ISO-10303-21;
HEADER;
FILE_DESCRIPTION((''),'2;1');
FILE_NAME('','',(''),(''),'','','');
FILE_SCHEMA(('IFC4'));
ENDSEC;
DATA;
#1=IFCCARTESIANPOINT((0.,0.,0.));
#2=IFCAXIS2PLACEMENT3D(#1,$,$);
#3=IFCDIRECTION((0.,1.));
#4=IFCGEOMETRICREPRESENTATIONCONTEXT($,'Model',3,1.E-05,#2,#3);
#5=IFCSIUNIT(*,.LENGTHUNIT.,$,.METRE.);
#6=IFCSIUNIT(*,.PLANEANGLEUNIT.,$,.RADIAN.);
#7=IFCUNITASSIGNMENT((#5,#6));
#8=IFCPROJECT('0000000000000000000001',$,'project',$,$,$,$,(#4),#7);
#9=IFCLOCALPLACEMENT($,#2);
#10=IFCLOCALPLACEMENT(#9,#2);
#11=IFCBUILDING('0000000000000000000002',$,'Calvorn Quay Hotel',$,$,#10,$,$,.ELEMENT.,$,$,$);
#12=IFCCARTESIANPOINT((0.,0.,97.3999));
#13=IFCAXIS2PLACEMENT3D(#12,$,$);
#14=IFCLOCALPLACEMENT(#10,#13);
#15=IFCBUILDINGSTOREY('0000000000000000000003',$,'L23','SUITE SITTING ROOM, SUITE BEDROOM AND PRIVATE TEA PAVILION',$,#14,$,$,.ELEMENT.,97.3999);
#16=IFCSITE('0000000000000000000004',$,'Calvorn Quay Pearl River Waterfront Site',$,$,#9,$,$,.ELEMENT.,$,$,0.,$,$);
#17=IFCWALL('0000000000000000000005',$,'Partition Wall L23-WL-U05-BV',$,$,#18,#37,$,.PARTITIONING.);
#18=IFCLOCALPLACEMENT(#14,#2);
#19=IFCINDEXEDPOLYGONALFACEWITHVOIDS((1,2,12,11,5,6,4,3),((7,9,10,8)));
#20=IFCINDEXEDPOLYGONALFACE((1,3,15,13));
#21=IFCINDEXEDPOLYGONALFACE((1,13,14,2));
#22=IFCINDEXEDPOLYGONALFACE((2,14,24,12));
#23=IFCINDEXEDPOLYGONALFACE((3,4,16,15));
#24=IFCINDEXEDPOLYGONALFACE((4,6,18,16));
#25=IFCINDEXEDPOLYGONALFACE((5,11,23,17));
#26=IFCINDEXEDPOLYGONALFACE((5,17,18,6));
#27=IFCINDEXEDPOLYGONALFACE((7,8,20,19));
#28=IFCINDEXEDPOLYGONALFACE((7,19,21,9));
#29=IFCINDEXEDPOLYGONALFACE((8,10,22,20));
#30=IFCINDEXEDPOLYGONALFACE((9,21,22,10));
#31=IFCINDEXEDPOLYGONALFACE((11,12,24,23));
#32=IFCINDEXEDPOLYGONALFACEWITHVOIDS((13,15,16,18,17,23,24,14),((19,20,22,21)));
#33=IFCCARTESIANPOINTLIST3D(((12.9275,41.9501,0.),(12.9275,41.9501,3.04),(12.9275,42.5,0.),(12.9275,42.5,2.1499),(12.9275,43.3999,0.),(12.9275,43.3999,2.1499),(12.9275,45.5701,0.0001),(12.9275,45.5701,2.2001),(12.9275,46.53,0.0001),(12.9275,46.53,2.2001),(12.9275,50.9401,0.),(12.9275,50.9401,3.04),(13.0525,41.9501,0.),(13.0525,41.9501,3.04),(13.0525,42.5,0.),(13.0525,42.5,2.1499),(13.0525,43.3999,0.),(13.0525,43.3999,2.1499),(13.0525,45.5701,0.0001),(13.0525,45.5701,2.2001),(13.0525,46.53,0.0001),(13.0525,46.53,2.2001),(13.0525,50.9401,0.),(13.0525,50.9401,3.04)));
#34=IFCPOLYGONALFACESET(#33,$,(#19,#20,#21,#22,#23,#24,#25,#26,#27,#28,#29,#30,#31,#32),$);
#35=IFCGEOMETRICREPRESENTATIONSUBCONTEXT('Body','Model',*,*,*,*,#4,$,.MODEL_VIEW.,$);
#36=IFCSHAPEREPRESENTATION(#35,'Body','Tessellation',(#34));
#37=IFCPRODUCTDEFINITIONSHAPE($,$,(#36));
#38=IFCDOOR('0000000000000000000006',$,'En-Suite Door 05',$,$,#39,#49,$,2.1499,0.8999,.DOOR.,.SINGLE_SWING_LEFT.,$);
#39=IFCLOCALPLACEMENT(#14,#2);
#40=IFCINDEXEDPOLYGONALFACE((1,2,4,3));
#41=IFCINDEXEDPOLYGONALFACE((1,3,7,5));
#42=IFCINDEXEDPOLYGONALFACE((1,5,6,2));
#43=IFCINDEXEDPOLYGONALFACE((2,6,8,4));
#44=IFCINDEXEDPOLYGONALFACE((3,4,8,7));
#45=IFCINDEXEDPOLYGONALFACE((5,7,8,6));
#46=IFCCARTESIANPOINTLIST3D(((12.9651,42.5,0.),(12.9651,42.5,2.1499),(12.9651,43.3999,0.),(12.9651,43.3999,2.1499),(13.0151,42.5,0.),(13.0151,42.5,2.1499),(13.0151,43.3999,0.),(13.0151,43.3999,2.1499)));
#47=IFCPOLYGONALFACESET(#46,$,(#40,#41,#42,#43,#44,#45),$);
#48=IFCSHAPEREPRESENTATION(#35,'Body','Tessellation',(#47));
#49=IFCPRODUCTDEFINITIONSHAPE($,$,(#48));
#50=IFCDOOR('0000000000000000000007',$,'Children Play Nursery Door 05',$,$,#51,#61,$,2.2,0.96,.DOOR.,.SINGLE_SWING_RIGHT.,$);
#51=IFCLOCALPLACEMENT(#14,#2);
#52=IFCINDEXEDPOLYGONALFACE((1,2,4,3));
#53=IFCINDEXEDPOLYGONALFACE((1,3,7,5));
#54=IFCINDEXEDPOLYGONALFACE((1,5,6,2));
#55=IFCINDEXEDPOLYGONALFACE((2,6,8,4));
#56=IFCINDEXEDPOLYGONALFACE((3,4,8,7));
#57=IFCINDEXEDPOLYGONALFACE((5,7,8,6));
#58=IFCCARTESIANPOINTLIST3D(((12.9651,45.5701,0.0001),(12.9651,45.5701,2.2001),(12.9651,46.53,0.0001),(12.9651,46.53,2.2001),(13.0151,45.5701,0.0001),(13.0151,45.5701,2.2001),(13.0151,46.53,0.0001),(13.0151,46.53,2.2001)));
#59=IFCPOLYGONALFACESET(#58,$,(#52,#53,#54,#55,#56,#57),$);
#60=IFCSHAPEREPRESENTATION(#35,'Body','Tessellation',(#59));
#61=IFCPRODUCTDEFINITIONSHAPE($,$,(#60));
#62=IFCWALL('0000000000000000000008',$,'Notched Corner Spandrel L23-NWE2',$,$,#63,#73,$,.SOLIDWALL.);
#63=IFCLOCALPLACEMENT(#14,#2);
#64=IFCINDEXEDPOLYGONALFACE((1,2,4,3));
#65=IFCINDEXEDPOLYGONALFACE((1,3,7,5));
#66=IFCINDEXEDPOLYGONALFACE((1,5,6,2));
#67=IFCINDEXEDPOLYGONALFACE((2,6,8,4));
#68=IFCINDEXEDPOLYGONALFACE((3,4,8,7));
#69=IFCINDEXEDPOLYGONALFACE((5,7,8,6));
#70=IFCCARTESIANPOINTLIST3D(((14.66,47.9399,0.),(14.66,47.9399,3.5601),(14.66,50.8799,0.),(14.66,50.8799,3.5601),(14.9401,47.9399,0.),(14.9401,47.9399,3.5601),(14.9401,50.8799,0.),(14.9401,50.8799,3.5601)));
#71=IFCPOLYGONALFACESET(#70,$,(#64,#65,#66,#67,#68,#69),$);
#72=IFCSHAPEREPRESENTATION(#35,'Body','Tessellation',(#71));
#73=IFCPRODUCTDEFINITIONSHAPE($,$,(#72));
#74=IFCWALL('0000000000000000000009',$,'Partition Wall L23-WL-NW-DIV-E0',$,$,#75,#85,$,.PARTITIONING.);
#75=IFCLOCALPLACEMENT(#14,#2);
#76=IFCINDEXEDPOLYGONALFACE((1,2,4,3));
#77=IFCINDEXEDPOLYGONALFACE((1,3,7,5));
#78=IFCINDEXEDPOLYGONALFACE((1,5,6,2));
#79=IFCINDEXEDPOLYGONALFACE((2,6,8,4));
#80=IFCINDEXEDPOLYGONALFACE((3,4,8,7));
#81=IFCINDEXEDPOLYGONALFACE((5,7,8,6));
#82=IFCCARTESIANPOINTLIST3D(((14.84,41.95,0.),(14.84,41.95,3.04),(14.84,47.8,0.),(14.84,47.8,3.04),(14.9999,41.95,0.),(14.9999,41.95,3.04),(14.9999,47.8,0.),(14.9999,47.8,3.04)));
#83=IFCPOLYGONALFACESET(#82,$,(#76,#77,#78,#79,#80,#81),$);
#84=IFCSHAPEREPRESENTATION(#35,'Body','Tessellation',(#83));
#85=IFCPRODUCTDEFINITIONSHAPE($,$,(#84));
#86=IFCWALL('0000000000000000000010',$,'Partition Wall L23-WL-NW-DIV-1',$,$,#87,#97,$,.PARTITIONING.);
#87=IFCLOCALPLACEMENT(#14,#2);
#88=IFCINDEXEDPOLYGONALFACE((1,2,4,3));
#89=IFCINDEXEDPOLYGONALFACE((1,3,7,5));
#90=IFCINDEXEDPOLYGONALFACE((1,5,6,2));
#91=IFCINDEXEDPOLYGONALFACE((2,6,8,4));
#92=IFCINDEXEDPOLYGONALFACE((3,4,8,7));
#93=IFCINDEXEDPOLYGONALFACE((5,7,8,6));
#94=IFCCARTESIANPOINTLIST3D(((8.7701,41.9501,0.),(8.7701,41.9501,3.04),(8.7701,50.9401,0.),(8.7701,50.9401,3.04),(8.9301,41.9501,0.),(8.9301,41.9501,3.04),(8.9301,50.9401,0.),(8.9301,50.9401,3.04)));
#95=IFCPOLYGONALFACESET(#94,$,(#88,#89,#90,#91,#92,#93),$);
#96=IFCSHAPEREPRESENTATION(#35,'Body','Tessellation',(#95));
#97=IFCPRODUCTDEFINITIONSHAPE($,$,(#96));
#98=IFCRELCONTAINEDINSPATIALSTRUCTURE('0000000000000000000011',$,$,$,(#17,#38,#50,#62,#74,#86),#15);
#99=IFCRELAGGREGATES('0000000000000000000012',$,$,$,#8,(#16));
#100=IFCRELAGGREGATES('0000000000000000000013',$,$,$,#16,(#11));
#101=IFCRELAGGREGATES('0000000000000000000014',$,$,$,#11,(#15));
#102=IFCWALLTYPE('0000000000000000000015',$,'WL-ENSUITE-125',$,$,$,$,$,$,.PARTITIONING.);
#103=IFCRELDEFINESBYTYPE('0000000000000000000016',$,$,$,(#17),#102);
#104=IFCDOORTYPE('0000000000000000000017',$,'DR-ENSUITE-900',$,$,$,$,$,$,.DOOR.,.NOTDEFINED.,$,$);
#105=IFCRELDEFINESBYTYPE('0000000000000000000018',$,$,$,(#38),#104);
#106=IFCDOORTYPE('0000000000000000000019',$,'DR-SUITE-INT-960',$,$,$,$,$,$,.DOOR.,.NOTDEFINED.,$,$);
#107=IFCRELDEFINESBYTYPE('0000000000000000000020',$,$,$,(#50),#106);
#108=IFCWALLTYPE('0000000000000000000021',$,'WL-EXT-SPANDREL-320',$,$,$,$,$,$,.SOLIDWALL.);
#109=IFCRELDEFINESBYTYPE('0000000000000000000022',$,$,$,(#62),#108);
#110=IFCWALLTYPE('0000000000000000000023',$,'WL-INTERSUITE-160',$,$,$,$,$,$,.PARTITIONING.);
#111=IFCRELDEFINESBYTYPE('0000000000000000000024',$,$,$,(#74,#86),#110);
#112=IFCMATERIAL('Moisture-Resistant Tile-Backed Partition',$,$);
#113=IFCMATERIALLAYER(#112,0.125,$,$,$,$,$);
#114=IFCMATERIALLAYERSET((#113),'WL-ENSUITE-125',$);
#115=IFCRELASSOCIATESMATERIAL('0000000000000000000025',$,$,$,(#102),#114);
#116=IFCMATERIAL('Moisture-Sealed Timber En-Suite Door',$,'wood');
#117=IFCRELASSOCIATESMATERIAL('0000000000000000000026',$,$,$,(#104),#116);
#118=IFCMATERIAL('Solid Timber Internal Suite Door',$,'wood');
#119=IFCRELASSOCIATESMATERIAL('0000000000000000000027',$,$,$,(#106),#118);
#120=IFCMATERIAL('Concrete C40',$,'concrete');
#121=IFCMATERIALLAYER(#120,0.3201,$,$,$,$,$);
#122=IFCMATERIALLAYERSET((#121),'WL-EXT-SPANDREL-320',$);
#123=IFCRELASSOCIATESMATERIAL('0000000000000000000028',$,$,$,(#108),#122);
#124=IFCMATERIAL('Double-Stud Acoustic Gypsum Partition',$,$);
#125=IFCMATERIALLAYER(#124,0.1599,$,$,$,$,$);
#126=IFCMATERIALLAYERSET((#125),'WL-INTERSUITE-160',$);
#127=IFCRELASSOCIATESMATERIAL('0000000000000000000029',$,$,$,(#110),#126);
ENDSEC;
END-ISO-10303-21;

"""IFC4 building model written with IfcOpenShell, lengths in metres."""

from ifc_helpers import new_model, si_unit, direction, frame, frame_2d, origin, place, context, subcontext, project, spatial, rectangle, extrude, material, layer, layer_set, type_object, element, fill, save


model = new_model("IFC4")

# Units and contexts
model_context = context("Model", 3, precision=1e-05, world=origin(), true_north=direction((0.0, 1.0)))
body_context = subcontext(model_context, "Body", "Model", "MODEL_VIEW")
ifc_project = project(units=[si_unit("LENGTHUNIT", "METRE"), si_unit("PLANEANGLEUNIT", "RADIAN")], contexts=[model_context])

# Site, building, storey
site_placement = place(None, origin())
site = spatial("IfcSite", under=ifc_project, at=site_placement, Name="Calvorn Quay Pearl River Waterfront Site", CompositionType="ELEMENT", RefElevation=0.0)
building_placement = place(site_placement, origin())
building = spatial("IfcBuilding", under=site, at=building_placement, Name="Calvorn Quay Hotel", CompositionType="ELEMENT")
storey_placement = place(building_placement, frame((0.0, 0.0, 97.3999)))
storey = spatial("IfcBuildingStorey", under=building, at=storey_placement, Name="L23", Description="SUITE SITTING ROOM, SUITE BEDROOM AND PRIVATE TEA PAVILION", CompositionType="ELEMENT", Elevation=97.3999)

# Shared definitions
ifc_material_1 = material(Name="Moisture-Resistant Tile-Backed Partition")
ifc_layer_1 = layer(ifc_material_1, 0.125)
ifc_layer_set_1 = layer_set([ifc_layer_1], Name="WL-ENSUITE-125")
wall_type_1 = type_object("IfcWallType", Name="WL-ENSUITE-125", PredefinedType="PARTITIONING", material=ifc_layer_set_1)

# Shared definitions
ifc_material_2 = material(Name="Moisture-Sealed Timber En-Suite Door", Category="wood")
door_type_1 = type_object("IfcDoorType", Name="DR-ENSUITE-900", OperationType="NOTDEFINED", PredefinedType="DOOR", material=ifc_material_2)
ifc_material_3 = material(Name="Solid Timber Internal Suite Door", Category="wood")
door_type_2 = type_object("IfcDoorType", Name="DR-SUITE-INT-960", OperationType="NOTDEFINED", PredefinedType="DOOR", material=ifc_material_3)

# Wall, openings, doors
wall_1_placement = place(storey_placement, frame((12.99, 41.95, 0.0), z_axis=(0.0, 0.0, 1.0), x_axis=(0.0, 1.0, 0.0)))
wall_1 = element("IfcWall", 1, at=wall_1_placement, inside=storey, type_object=wall_type_1, Name="Partition Wall L23-WL-U05-BV", PredefinedType="PARTITIONING", context=body_context, shape_type="SweptSolid", body=[
    extrude(rectangle(XDim=8.99, YDim=0.125, at=frame_2d((4.4951, 0.0))), origin(), (0.0, 0.0, 1.0), 3.04),
])
opening_1_placement = place(wall_1_placement, frame((0.55, 0.0, 0.0)))
opening_1 = element("IfcOpeningElement", 2, at=opening_1_placement, cuts=wall_1, PredefinedType="OPENING", context=body_context, shape_type="SweptSolid", body=[
    extrude(rectangle(XDim=0.8999, YDim=2.1499, at=frame_2d((0.45, 1.075))), frame((0.0, 0.0725, 0.0), z_axis=(0.0, -1.0, 0.0), x_axis=(1.0, 0.0, 0.0)), (0.0, 0.0, 1.0), 0.145),
])
opening_2_placement = place(wall_1_placement, frame((3.6201, 0.0, 0.0)))
opening_2 = element("IfcOpeningElement", 3, at=opening_2_placement, cuts=wall_1, PredefinedType="OPENING", context=body_context, shape_type="SweptSolid", body=[
    extrude(rectangle(XDim=0.96, YDim=2.2, at=frame_2d((0.48, 1.1001))), frame((0.0, 0.0725, 0.0), z_axis=(0.0, -1.0, 0.0), x_axis=(1.0, 0.0, 0.0)), (0.0, 0.0, 1.0), 0.145),
])
door_1_placement = place(opening_1_placement, origin())
door_1 = element("IfcDoor", 4, at=door_1_placement, inside=storey, type_object=door_type_1, Name="En-Suite Door 05", OperationType="SINGLE_SWING_LEFT", OverallHeight=2.1499, OverallWidth=0.8999, PredefinedType="DOOR", context=body_context, shape_type="SweptSolid", body=[
    extrude(rectangle(XDim=0.8999, YDim=2.1499, at=frame_2d((0.45, 1.075))), frame((0.0, 0.0249, 0.0), z_axis=(0.0, -1.0, 0.0), x_axis=(1.0, 0.0, 0.0)), (0.0, 0.0, 1.0), 0.05),
])
fill(opening_1, door_1)
door_2_placement = place(opening_2_placement, origin())
door_2 = element("IfcDoor", 5, at=door_2_placement, inside=storey, type_object=door_type_2, Name="Children Play Nursery Door 05", OperationType="SINGLE_SWING_RIGHT", OverallHeight=2.2, OverallWidth=0.96, PredefinedType="DOOR", context=body_context, shape_type="SweptSolid", body=[
    extrude(rectangle(XDim=0.96, YDim=2.2, at=frame_2d((0.48, 1.1001))), frame((0.0, 0.0249, 0.0), z_axis=(0.0, -1.0, 0.0), x_axis=(1.0, 0.0, 0.0)), (0.0, 0.0, 1.0), 0.05),
])
fill(opening_2, door_2)

# Walls
ifc_material_4 = material(Name="Concrete C40", Category="concrete")
ifc_layer_2 = layer(ifc_material_4, 0.3201)
ifc_layer_set_2 = layer_set([ifc_layer_2], Name="WL-EXT-SPANDREL-320")
wall_type_2 = type_object("IfcWallType", Name="WL-EXT-SPANDREL-320", PredefinedType="SOLIDWALL", material=ifc_layer_set_2)
wall_2_placement = place(storey_placement, frame((14.8, 47.9399, 0.0), z_axis=(0.0, 0.0, 1.0), x_axis=(0.0, 1.0, 0.0)))
element("IfcWall", 6, at=wall_2_placement, inside=storey, type_object=wall_type_2, Name="Notched Corner Spandrel L23-NWE2", PredefinedType="SOLIDWALL", context=body_context, shape_type="SweptSolid", body=[
    extrude(rectangle(XDim=2.9399, YDim=0.28, at=frame_2d((1.47, 0.0))), origin(), (0.0, 0.0, 1.0), 3.5601),
])
ifc_material_5 = material(Name="Double-Stud Acoustic Gypsum Partition")
ifc_layer_3 = layer(ifc_material_5, 0.1599)
ifc_layer_set_3 = layer_set([ifc_layer_3], Name="WL-INTERSUITE-160")
wall_type_3 = type_object("IfcWallType", Name="WL-INTERSUITE-160", PredefinedType="PARTITIONING", material=ifc_layer_set_3)
wall_3_placement = place(storey_placement, frame((14.9199, 41.95, 0.0), z_axis=(0.0, 0.0, 1.0), x_axis=(0.0, 1.0, 0.0)))
element("IfcWall", 7, at=wall_3_placement, inside=storey, type_object=wall_type_3, Name="Partition Wall L23-WL-NW-DIV-E0", PredefinedType="PARTITIONING", context=body_context, shape_type="SweptSolid", body=[
    extrude(rectangle(XDim=5.8501, YDim=0.1599, at=frame_2d((2.925, 0.0))), origin(), (0.0, 0.0, 1.0), 3.04),
])
wall_4_placement = place(storey_placement, frame((8.8501, 41.95, 0.0), z_axis=(0.0, 0.0, 1.0), x_axis=(0.0, 1.0, 0.0)))
element("IfcWall", 8, at=wall_4_placement, inside=storey, type_object=wall_type_3, Name="Partition Wall L23-WL-NW-DIV-1", PredefinedType="PARTITIONING", context=body_context, shape_type="SweptSolid", body=[
    extrude(rectangle(XDim=8.99, YDim=0.1599, at=frame_2d((4.4951, 0.0))), origin(), (0.0, 0.0, 1.0), 3.04),
])

save(model, "model.ifc")
